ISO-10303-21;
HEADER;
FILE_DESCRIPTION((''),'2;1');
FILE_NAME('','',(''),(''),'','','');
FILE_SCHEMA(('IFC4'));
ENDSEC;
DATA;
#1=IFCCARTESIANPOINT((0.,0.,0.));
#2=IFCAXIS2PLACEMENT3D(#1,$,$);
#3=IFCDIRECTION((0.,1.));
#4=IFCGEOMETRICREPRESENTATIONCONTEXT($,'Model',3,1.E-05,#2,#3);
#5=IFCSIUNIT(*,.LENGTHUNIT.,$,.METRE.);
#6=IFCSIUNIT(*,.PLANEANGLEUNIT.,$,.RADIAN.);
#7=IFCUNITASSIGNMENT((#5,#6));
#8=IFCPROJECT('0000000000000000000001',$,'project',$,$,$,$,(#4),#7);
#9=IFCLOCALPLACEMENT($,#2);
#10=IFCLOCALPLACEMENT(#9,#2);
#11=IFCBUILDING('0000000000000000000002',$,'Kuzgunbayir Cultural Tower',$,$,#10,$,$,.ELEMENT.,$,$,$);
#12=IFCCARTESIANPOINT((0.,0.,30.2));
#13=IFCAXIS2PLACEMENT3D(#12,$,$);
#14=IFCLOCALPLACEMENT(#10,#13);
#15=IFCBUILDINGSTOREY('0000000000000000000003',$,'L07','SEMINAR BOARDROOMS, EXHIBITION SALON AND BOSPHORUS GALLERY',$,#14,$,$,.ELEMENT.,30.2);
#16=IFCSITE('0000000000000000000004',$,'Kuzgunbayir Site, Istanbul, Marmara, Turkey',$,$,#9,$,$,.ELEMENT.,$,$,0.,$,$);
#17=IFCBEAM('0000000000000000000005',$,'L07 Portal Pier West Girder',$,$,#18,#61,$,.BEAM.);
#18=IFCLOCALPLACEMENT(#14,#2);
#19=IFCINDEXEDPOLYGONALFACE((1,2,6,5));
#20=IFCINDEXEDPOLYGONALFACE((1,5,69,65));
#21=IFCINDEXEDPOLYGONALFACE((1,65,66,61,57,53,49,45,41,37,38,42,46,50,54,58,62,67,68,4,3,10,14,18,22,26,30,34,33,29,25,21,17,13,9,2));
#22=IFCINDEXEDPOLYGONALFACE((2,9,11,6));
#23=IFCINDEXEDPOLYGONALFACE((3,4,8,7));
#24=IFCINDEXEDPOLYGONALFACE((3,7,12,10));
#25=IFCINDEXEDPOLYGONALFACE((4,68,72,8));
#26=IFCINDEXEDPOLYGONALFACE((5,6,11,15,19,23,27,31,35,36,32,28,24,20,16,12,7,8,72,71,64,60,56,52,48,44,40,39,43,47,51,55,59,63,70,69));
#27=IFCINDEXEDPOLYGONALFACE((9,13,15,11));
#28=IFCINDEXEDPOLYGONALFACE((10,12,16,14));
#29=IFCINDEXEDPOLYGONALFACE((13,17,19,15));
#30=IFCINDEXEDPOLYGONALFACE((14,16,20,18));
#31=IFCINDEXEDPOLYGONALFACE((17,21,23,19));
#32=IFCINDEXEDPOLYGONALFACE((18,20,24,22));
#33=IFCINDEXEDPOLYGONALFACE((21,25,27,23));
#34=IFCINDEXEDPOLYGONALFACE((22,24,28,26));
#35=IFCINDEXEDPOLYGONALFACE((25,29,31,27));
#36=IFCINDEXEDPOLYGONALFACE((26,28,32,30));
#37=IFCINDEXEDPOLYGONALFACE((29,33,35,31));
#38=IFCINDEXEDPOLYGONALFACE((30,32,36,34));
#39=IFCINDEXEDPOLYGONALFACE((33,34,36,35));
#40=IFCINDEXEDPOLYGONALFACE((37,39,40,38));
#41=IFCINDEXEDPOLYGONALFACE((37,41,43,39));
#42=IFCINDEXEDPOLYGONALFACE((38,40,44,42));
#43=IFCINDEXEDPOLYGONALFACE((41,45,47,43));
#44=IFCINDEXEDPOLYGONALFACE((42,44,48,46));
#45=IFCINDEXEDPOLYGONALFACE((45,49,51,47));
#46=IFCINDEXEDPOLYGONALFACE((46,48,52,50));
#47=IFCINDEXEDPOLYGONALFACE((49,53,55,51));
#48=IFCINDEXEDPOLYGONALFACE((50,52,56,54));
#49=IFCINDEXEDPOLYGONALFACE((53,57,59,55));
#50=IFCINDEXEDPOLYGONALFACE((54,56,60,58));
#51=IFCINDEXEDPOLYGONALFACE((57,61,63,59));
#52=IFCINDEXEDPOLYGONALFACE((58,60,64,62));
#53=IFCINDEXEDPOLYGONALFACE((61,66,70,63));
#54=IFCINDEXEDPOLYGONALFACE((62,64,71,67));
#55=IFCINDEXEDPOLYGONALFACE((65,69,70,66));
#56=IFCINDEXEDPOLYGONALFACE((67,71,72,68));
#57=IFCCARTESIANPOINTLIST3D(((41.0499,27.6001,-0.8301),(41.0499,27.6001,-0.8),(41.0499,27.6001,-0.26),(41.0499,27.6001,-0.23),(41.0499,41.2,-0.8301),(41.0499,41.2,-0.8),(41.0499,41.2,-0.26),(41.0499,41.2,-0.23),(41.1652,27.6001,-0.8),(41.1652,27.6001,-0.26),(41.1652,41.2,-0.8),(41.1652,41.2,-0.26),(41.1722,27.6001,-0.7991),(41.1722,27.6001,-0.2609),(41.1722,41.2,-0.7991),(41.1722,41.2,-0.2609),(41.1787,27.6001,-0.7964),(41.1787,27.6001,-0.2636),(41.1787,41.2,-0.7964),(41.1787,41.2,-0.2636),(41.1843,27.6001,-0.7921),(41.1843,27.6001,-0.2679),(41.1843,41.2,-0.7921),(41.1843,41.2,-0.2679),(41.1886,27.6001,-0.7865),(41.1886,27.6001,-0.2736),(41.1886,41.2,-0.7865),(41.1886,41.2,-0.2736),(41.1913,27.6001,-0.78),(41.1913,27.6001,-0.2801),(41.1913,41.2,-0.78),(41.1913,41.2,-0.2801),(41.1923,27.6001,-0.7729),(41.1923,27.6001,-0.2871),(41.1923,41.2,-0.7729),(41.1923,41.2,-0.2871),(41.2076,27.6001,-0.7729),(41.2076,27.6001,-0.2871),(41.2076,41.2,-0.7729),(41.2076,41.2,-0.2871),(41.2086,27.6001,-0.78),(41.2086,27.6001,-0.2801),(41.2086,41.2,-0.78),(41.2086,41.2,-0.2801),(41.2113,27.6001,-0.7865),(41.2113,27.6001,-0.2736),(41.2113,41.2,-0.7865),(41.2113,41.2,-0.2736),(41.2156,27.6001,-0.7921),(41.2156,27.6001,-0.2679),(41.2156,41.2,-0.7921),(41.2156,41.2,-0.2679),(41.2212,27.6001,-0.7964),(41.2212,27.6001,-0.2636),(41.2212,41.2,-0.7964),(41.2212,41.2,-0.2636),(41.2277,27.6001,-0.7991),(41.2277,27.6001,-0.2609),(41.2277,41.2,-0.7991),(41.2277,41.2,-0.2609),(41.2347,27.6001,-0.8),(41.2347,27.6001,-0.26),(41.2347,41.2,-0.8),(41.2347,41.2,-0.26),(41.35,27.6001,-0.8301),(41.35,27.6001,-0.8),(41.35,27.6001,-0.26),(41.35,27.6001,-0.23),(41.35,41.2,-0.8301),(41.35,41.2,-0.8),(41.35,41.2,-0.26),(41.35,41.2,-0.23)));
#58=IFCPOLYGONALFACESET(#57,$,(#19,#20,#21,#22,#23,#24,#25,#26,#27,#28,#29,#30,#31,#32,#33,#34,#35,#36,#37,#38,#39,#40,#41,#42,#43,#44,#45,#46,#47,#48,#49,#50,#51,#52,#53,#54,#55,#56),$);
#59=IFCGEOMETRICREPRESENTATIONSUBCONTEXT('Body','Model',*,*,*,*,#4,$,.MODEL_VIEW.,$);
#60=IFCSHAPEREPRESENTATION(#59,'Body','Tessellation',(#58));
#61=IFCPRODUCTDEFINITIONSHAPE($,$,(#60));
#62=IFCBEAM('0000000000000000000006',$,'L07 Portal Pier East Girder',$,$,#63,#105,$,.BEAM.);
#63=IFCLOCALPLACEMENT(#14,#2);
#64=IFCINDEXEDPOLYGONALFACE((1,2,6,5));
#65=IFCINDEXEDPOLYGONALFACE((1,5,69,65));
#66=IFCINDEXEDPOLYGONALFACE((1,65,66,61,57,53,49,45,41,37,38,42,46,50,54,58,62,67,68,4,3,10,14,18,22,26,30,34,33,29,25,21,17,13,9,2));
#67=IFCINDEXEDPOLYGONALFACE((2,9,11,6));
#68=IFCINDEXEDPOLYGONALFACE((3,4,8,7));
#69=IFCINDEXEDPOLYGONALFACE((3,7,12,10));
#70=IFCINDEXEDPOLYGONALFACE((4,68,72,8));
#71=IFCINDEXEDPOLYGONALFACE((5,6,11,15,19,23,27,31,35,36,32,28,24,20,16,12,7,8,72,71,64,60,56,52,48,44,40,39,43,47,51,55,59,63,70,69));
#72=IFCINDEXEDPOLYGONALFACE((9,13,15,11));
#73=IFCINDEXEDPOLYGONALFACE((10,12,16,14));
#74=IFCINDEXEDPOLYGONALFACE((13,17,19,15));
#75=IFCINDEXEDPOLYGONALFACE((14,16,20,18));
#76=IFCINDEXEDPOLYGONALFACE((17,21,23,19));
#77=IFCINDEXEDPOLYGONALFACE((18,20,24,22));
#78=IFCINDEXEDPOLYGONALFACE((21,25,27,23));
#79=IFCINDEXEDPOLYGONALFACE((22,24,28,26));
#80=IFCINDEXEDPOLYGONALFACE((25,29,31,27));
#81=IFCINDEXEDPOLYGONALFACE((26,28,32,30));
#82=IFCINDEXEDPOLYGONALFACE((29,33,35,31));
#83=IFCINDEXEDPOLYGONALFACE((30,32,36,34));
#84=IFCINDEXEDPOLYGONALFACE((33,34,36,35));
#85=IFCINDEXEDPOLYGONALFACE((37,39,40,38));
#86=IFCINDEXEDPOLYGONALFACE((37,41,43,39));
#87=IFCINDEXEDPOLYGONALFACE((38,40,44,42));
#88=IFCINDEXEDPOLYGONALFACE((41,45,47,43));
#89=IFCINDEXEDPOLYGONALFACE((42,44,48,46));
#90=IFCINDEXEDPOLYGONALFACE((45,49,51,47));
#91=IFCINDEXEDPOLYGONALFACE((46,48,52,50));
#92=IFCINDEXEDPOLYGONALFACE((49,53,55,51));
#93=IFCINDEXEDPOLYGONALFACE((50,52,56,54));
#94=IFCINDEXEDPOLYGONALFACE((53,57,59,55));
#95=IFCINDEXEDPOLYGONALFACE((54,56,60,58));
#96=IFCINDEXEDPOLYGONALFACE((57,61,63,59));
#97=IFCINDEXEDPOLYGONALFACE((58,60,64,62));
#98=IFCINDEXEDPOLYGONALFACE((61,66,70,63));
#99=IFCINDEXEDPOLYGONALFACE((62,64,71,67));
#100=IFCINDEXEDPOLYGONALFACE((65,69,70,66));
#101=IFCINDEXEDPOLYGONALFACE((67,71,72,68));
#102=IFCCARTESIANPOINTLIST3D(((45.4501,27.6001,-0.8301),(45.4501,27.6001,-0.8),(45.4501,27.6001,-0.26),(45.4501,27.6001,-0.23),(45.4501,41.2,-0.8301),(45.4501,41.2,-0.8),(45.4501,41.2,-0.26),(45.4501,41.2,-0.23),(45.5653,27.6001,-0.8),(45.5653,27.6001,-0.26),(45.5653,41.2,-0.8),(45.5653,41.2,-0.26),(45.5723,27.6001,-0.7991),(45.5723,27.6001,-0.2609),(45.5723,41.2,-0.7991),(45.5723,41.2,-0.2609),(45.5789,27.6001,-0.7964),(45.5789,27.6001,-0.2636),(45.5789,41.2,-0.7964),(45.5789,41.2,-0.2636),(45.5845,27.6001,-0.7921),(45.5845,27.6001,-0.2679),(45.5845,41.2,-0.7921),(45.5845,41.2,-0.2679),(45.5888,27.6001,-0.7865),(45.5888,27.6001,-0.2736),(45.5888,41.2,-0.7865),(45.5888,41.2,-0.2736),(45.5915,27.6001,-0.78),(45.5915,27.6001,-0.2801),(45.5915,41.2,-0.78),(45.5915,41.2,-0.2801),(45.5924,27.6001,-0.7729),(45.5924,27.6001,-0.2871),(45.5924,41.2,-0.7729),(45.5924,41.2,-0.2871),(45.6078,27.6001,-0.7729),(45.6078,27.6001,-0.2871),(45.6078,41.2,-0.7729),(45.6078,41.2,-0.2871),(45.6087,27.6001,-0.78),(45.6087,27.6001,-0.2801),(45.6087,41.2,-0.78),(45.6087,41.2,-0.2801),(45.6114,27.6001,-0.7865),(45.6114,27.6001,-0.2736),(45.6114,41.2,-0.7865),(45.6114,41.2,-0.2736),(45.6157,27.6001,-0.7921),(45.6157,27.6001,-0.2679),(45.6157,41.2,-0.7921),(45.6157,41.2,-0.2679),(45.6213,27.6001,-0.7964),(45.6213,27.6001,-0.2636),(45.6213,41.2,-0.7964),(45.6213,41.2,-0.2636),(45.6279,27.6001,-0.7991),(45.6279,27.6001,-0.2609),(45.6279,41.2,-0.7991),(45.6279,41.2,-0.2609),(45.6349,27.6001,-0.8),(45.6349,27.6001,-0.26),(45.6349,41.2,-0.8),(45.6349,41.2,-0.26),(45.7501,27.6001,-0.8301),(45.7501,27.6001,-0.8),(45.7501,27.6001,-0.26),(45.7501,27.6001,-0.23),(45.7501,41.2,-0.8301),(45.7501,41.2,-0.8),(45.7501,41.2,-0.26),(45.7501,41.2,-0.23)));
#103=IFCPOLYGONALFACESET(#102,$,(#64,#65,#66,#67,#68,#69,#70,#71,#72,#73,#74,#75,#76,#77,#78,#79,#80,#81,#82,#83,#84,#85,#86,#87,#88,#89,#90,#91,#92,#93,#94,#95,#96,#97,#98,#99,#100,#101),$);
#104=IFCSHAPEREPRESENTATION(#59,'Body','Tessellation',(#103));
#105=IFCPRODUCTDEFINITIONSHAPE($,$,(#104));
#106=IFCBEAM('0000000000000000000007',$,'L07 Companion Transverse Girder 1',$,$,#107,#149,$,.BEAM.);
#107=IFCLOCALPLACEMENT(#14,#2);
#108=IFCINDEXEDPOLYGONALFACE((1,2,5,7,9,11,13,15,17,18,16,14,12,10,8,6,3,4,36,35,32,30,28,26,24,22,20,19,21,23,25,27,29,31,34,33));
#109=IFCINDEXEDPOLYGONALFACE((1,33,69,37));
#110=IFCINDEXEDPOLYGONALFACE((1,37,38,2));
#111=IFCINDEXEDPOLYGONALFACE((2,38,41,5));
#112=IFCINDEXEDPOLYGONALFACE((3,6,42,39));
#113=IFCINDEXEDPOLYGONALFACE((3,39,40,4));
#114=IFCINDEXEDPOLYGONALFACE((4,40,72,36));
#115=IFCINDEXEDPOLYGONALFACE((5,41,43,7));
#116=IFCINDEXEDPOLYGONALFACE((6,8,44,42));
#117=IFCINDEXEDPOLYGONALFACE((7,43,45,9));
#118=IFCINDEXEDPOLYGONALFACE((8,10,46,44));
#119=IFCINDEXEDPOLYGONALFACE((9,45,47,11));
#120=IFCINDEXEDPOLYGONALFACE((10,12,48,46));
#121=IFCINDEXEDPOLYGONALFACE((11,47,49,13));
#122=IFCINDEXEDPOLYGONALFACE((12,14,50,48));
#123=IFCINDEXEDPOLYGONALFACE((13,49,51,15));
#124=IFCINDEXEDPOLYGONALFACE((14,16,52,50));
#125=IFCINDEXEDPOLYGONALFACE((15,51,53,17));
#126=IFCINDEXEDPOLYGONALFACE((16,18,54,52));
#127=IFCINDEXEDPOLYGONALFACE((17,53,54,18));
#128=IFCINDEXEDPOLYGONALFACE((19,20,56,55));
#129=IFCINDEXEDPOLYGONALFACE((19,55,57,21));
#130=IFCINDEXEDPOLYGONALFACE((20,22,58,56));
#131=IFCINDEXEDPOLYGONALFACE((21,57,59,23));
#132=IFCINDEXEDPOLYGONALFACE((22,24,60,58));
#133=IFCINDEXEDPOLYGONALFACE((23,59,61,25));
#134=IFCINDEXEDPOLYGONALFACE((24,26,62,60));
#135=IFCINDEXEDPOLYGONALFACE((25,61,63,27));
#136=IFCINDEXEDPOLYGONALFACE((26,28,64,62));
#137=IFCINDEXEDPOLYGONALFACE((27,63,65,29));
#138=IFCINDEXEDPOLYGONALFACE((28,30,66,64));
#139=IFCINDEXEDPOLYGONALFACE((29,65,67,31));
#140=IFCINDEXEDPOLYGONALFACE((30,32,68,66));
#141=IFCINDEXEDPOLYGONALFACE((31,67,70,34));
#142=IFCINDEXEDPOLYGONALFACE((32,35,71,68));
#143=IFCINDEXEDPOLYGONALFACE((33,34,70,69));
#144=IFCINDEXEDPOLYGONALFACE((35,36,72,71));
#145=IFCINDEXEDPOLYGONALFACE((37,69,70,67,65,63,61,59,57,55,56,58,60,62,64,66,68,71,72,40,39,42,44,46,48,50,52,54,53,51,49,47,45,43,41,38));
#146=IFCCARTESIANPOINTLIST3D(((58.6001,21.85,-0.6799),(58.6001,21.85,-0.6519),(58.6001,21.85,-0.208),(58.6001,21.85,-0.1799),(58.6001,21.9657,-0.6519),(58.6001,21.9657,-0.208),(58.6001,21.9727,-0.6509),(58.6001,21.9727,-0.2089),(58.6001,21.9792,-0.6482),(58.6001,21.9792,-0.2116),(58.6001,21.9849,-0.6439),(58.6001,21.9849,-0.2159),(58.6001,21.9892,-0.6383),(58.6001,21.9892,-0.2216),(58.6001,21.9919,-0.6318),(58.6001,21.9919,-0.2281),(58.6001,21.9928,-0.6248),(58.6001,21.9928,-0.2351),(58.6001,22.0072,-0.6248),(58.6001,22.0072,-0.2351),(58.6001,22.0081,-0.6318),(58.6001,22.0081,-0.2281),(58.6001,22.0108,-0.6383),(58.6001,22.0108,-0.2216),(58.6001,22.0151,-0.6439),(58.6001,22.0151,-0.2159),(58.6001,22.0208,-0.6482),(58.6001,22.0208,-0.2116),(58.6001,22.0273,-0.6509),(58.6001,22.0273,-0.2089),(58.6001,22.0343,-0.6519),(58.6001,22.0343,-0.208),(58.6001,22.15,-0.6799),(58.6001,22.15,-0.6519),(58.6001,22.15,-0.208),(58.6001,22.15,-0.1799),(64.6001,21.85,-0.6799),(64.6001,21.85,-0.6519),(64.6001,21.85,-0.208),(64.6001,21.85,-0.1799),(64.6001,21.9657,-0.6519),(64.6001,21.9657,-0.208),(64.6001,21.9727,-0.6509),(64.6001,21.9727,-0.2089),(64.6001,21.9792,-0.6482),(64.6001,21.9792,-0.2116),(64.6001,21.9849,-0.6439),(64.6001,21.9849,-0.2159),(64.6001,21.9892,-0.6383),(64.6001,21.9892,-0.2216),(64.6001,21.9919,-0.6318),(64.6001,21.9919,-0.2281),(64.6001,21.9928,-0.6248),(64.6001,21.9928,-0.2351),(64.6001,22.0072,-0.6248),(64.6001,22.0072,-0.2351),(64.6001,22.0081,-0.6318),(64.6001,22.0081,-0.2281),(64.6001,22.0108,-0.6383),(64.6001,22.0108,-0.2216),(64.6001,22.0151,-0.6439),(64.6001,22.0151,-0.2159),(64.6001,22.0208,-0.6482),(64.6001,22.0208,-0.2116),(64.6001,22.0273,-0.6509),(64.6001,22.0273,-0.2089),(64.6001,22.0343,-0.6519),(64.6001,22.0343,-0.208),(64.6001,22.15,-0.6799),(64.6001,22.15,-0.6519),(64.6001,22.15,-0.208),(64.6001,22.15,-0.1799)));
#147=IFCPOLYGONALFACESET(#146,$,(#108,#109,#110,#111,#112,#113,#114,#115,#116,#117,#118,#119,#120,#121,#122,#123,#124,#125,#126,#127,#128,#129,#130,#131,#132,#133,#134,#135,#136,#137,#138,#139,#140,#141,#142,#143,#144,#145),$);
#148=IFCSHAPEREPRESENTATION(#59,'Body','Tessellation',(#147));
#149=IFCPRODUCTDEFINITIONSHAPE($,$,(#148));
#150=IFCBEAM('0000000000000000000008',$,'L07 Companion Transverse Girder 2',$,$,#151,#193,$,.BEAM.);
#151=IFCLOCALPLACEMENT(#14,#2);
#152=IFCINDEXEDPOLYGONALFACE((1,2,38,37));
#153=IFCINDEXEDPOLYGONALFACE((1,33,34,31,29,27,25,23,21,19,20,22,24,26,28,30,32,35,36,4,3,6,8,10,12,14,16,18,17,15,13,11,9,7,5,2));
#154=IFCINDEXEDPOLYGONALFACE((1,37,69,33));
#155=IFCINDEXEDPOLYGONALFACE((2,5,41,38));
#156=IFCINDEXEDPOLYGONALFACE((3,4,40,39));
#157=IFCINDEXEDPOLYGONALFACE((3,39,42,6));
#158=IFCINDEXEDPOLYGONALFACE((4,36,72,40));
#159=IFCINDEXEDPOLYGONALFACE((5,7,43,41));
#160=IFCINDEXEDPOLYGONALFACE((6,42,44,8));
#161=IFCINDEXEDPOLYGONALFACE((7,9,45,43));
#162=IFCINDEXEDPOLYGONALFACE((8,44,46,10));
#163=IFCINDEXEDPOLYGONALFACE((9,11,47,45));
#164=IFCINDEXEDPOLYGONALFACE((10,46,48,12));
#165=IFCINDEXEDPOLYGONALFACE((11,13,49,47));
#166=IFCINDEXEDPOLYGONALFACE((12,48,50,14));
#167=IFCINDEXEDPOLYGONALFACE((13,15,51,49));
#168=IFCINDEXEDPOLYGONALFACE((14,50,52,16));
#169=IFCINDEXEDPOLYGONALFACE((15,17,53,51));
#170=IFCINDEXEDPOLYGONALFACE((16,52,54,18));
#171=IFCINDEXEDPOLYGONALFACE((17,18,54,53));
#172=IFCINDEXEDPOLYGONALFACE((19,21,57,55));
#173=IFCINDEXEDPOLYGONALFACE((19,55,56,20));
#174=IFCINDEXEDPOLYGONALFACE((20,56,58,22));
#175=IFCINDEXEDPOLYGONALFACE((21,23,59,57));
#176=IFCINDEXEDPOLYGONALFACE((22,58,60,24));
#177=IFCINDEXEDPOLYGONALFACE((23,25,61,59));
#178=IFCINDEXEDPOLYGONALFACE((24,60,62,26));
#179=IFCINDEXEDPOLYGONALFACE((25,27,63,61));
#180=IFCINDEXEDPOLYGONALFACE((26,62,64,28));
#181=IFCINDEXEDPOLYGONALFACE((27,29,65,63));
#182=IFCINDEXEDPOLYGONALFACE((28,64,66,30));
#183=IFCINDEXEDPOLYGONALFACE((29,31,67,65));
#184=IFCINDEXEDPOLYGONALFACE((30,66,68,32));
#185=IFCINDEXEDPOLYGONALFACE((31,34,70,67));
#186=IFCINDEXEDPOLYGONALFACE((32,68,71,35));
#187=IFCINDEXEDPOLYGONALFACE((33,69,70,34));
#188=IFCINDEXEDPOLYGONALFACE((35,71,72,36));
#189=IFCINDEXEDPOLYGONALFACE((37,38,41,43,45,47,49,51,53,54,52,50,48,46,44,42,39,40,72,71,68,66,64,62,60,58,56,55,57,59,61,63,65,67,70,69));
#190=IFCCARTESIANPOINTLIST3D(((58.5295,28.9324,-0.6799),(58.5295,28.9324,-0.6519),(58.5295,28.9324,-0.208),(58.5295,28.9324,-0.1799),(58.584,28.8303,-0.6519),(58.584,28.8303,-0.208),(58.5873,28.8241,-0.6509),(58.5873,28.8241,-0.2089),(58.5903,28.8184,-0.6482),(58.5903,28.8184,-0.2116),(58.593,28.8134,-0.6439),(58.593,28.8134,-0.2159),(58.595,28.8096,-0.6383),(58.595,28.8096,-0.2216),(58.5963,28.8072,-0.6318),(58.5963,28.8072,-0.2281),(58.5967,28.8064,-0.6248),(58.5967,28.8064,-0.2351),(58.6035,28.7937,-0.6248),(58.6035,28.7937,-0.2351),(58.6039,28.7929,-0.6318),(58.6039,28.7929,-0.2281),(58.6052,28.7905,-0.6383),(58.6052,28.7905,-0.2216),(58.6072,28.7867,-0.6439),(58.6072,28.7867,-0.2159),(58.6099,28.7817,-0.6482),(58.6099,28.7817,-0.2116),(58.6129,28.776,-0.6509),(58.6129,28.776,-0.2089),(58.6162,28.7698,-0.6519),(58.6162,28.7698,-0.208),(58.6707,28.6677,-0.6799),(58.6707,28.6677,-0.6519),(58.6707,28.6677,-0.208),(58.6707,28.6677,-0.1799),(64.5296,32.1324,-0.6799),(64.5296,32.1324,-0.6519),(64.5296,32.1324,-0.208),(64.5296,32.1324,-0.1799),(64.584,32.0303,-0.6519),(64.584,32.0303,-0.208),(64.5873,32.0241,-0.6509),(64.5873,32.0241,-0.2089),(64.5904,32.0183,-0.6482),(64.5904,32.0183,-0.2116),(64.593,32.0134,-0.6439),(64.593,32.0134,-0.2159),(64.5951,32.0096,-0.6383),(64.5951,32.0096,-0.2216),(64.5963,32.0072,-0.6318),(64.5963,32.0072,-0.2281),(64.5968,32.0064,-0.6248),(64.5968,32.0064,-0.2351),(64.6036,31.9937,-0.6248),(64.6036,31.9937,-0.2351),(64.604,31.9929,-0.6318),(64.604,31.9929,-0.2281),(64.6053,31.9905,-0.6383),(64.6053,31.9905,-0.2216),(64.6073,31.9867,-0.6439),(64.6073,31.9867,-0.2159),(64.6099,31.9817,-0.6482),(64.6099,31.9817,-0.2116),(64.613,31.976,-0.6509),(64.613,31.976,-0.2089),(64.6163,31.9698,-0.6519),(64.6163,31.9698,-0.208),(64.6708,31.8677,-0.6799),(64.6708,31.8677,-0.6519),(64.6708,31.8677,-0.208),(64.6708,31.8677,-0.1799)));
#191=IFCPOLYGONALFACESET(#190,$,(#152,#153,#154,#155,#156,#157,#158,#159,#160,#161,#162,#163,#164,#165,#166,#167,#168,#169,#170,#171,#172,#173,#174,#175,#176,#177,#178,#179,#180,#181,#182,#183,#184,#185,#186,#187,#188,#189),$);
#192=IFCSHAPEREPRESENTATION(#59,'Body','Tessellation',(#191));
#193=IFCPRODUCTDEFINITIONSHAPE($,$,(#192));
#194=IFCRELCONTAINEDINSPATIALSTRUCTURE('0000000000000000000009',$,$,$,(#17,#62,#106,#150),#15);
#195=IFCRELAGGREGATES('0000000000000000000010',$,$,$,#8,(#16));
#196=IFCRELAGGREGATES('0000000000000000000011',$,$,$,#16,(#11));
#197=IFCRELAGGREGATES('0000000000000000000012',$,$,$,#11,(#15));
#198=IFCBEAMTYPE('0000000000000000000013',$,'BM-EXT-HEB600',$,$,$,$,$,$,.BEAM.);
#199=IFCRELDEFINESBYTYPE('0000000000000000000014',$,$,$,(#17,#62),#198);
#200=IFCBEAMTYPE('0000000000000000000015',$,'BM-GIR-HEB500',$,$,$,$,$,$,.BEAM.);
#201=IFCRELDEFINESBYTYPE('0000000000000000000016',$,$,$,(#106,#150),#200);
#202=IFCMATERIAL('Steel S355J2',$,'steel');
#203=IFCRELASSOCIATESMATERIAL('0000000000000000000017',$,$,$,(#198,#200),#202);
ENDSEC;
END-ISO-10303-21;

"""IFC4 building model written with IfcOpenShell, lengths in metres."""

from ifc_helpers import new_model, si_unit, direction, frame, origin, origin_2d, place, context, subcontext, project, spatial, i_section, extrude, material, material_profile, profile_set, type_object, element, save


model = new_model("IFC4")

# Units and contexts
model_context = context("Model", 3, precision=1e-05, world=origin(), true_north=direction((0.0, 1.0)))
body_context = subcontext(model_context, "Body", "Model", "MODEL_VIEW")
ifc_project = project(units=[si_unit("LENGTHUNIT", "METRE"), si_unit("PLANEANGLEUNIT", "RADIAN")], contexts=[model_context])

# Site, building, storey
site_placement = place(None, origin())
site = spatial("IfcSite", under=ifc_project, at=site_placement, Name="Kuzgunbayir Site, Istanbul, Marmara, Turkey", CompositionType="ELEMENT", RefElevation=0.0)
building_placement = place(site_placement, origin())
building = spatial("IfcBuilding", under=site, at=building_placement, Name="Kuzgunbayir Cultural Tower", CompositionType="ELEMENT")
storey_placement = place(building_placement, frame((0.0, 0.0, 30.2)))
storey = spatial("IfcBuildingStorey", under=building, at=storey_placement, Name="L07", Description="SEMINAR BOARDROOMS, EXHIBITION SALON AND BOSPHORUS GALLERY", CompositionType="ELEMENT", Elevation=30.2)

# Beams
ifc_material_1 = material(Name="Steel S355J2", Category="steel")
ifc_material_profile_1 = material_profile(ifc_material_1, i_section(OverallWidth=0.3, OverallDepth=0.6001, WebThickness=0.0154, FlangeThickness=0.03, FilletRadius=0.0271, at=origin_2d()), Name="HEB 600")
ifc_profile_set_1 = profile_set([ifc_material_profile_1], Name="Steel S355J2")
beam_type_1 = type_object("IfcBeamType", Name="BM-EXT-HEB600", PredefinedType="BEAM", material=ifc_profile_set_1)
for number, where, z_axis, x_axis, name in (
    (1, (41.2, 27.6001, -0.53), (0.0, 1.0, 0.0), (-1.0, 0.0, 0.0), "L07 Portal Pier West Girder"),
    (2, (45.6001, 27.6001, -0.53), (0.0, 1.0, 0.0), (-1.0, 0.0, 0.0), "L07 Portal Pier East Girder"),
):
    element("IfcBeam", number, at=place(storey_placement, frame(where, z_axis=z_axis, x_axis=x_axis)), inside=storey, type_object=beam_type_1, Name=name, PredefinedType="BEAM", context=body_context, shape_type="SweptSolid", body=[
        extrude(i_section(OverallWidth=0.3, OverallDepth=0.6001, WebThickness=0.0154, FlangeThickness=0.03, FilletRadius=0.0271, at=origin_2d()), origin(), (0.0, 0.0, 1.0), 13.5999),
    ])
ifc_material_profile_2 = material_profile(ifc_material_1, i_section(OverallWidth=0.3, OverallDepth=0.5, WebThickness=0.0144, FlangeThickness=0.0281, FilletRadius=0.0271, at=origin_2d()), Name="HEB 500")
ifc_profile_set_2 = profile_set([ifc_material_profile_2], Name="Steel S355J2")
beam_type_2 = type_object("IfcBeamType", Name="BM-GIR-HEB500", PredefinedType="BEAM", material=ifc_profile_set_2)
beam_1_placement = place(storey_placement, frame((58.6001, 22.0, -0.4299), z_axis=(1.0, 0.0, 0.0), x_axis=(0.0, 1.0, 0.0)))
element("IfcBeam", 3, at=beam_1_placement, inside=storey, type_object=beam_type_2, Name="L07 Companion Transverse Girder 1", PredefinedType="BEAM", context=body_context, shape_type="SweptSolid", body=[
    extrude(i_section(OverallWidth=0.3, OverallDepth=0.5, WebThickness=0.0144, FlangeThickness=0.0281, FilletRadius=0.0271, at=origin_2d()), origin(), (0.0, 0.0, 1.0), 6.0),
])
beam_2_placement = place(storey_placement, frame((58.6001, 28.8, -0.4299), z_axis=(0.882356, 0.470583, 0.0), x_axis=(-0.470583, 0.882356, 0.0)))
element("IfcBeam", 4, at=beam_2_placement, inside=storey, type_object=beam_type_2, Name="L07 Companion Transverse Girder 2", PredefinedType="BEAM", context=body_context, shape_type="SweptSolid", body=[
    extrude(i_section(OverallWidth=0.3, OverallDepth=0.5, WebThickness=0.0144, FlangeThickness=0.0281, FilletRadius=0.0271, at=origin_2d()), origin(), (0.0, 0.0, 1.0), 6.8),
])

save(model, "model.ifc")
